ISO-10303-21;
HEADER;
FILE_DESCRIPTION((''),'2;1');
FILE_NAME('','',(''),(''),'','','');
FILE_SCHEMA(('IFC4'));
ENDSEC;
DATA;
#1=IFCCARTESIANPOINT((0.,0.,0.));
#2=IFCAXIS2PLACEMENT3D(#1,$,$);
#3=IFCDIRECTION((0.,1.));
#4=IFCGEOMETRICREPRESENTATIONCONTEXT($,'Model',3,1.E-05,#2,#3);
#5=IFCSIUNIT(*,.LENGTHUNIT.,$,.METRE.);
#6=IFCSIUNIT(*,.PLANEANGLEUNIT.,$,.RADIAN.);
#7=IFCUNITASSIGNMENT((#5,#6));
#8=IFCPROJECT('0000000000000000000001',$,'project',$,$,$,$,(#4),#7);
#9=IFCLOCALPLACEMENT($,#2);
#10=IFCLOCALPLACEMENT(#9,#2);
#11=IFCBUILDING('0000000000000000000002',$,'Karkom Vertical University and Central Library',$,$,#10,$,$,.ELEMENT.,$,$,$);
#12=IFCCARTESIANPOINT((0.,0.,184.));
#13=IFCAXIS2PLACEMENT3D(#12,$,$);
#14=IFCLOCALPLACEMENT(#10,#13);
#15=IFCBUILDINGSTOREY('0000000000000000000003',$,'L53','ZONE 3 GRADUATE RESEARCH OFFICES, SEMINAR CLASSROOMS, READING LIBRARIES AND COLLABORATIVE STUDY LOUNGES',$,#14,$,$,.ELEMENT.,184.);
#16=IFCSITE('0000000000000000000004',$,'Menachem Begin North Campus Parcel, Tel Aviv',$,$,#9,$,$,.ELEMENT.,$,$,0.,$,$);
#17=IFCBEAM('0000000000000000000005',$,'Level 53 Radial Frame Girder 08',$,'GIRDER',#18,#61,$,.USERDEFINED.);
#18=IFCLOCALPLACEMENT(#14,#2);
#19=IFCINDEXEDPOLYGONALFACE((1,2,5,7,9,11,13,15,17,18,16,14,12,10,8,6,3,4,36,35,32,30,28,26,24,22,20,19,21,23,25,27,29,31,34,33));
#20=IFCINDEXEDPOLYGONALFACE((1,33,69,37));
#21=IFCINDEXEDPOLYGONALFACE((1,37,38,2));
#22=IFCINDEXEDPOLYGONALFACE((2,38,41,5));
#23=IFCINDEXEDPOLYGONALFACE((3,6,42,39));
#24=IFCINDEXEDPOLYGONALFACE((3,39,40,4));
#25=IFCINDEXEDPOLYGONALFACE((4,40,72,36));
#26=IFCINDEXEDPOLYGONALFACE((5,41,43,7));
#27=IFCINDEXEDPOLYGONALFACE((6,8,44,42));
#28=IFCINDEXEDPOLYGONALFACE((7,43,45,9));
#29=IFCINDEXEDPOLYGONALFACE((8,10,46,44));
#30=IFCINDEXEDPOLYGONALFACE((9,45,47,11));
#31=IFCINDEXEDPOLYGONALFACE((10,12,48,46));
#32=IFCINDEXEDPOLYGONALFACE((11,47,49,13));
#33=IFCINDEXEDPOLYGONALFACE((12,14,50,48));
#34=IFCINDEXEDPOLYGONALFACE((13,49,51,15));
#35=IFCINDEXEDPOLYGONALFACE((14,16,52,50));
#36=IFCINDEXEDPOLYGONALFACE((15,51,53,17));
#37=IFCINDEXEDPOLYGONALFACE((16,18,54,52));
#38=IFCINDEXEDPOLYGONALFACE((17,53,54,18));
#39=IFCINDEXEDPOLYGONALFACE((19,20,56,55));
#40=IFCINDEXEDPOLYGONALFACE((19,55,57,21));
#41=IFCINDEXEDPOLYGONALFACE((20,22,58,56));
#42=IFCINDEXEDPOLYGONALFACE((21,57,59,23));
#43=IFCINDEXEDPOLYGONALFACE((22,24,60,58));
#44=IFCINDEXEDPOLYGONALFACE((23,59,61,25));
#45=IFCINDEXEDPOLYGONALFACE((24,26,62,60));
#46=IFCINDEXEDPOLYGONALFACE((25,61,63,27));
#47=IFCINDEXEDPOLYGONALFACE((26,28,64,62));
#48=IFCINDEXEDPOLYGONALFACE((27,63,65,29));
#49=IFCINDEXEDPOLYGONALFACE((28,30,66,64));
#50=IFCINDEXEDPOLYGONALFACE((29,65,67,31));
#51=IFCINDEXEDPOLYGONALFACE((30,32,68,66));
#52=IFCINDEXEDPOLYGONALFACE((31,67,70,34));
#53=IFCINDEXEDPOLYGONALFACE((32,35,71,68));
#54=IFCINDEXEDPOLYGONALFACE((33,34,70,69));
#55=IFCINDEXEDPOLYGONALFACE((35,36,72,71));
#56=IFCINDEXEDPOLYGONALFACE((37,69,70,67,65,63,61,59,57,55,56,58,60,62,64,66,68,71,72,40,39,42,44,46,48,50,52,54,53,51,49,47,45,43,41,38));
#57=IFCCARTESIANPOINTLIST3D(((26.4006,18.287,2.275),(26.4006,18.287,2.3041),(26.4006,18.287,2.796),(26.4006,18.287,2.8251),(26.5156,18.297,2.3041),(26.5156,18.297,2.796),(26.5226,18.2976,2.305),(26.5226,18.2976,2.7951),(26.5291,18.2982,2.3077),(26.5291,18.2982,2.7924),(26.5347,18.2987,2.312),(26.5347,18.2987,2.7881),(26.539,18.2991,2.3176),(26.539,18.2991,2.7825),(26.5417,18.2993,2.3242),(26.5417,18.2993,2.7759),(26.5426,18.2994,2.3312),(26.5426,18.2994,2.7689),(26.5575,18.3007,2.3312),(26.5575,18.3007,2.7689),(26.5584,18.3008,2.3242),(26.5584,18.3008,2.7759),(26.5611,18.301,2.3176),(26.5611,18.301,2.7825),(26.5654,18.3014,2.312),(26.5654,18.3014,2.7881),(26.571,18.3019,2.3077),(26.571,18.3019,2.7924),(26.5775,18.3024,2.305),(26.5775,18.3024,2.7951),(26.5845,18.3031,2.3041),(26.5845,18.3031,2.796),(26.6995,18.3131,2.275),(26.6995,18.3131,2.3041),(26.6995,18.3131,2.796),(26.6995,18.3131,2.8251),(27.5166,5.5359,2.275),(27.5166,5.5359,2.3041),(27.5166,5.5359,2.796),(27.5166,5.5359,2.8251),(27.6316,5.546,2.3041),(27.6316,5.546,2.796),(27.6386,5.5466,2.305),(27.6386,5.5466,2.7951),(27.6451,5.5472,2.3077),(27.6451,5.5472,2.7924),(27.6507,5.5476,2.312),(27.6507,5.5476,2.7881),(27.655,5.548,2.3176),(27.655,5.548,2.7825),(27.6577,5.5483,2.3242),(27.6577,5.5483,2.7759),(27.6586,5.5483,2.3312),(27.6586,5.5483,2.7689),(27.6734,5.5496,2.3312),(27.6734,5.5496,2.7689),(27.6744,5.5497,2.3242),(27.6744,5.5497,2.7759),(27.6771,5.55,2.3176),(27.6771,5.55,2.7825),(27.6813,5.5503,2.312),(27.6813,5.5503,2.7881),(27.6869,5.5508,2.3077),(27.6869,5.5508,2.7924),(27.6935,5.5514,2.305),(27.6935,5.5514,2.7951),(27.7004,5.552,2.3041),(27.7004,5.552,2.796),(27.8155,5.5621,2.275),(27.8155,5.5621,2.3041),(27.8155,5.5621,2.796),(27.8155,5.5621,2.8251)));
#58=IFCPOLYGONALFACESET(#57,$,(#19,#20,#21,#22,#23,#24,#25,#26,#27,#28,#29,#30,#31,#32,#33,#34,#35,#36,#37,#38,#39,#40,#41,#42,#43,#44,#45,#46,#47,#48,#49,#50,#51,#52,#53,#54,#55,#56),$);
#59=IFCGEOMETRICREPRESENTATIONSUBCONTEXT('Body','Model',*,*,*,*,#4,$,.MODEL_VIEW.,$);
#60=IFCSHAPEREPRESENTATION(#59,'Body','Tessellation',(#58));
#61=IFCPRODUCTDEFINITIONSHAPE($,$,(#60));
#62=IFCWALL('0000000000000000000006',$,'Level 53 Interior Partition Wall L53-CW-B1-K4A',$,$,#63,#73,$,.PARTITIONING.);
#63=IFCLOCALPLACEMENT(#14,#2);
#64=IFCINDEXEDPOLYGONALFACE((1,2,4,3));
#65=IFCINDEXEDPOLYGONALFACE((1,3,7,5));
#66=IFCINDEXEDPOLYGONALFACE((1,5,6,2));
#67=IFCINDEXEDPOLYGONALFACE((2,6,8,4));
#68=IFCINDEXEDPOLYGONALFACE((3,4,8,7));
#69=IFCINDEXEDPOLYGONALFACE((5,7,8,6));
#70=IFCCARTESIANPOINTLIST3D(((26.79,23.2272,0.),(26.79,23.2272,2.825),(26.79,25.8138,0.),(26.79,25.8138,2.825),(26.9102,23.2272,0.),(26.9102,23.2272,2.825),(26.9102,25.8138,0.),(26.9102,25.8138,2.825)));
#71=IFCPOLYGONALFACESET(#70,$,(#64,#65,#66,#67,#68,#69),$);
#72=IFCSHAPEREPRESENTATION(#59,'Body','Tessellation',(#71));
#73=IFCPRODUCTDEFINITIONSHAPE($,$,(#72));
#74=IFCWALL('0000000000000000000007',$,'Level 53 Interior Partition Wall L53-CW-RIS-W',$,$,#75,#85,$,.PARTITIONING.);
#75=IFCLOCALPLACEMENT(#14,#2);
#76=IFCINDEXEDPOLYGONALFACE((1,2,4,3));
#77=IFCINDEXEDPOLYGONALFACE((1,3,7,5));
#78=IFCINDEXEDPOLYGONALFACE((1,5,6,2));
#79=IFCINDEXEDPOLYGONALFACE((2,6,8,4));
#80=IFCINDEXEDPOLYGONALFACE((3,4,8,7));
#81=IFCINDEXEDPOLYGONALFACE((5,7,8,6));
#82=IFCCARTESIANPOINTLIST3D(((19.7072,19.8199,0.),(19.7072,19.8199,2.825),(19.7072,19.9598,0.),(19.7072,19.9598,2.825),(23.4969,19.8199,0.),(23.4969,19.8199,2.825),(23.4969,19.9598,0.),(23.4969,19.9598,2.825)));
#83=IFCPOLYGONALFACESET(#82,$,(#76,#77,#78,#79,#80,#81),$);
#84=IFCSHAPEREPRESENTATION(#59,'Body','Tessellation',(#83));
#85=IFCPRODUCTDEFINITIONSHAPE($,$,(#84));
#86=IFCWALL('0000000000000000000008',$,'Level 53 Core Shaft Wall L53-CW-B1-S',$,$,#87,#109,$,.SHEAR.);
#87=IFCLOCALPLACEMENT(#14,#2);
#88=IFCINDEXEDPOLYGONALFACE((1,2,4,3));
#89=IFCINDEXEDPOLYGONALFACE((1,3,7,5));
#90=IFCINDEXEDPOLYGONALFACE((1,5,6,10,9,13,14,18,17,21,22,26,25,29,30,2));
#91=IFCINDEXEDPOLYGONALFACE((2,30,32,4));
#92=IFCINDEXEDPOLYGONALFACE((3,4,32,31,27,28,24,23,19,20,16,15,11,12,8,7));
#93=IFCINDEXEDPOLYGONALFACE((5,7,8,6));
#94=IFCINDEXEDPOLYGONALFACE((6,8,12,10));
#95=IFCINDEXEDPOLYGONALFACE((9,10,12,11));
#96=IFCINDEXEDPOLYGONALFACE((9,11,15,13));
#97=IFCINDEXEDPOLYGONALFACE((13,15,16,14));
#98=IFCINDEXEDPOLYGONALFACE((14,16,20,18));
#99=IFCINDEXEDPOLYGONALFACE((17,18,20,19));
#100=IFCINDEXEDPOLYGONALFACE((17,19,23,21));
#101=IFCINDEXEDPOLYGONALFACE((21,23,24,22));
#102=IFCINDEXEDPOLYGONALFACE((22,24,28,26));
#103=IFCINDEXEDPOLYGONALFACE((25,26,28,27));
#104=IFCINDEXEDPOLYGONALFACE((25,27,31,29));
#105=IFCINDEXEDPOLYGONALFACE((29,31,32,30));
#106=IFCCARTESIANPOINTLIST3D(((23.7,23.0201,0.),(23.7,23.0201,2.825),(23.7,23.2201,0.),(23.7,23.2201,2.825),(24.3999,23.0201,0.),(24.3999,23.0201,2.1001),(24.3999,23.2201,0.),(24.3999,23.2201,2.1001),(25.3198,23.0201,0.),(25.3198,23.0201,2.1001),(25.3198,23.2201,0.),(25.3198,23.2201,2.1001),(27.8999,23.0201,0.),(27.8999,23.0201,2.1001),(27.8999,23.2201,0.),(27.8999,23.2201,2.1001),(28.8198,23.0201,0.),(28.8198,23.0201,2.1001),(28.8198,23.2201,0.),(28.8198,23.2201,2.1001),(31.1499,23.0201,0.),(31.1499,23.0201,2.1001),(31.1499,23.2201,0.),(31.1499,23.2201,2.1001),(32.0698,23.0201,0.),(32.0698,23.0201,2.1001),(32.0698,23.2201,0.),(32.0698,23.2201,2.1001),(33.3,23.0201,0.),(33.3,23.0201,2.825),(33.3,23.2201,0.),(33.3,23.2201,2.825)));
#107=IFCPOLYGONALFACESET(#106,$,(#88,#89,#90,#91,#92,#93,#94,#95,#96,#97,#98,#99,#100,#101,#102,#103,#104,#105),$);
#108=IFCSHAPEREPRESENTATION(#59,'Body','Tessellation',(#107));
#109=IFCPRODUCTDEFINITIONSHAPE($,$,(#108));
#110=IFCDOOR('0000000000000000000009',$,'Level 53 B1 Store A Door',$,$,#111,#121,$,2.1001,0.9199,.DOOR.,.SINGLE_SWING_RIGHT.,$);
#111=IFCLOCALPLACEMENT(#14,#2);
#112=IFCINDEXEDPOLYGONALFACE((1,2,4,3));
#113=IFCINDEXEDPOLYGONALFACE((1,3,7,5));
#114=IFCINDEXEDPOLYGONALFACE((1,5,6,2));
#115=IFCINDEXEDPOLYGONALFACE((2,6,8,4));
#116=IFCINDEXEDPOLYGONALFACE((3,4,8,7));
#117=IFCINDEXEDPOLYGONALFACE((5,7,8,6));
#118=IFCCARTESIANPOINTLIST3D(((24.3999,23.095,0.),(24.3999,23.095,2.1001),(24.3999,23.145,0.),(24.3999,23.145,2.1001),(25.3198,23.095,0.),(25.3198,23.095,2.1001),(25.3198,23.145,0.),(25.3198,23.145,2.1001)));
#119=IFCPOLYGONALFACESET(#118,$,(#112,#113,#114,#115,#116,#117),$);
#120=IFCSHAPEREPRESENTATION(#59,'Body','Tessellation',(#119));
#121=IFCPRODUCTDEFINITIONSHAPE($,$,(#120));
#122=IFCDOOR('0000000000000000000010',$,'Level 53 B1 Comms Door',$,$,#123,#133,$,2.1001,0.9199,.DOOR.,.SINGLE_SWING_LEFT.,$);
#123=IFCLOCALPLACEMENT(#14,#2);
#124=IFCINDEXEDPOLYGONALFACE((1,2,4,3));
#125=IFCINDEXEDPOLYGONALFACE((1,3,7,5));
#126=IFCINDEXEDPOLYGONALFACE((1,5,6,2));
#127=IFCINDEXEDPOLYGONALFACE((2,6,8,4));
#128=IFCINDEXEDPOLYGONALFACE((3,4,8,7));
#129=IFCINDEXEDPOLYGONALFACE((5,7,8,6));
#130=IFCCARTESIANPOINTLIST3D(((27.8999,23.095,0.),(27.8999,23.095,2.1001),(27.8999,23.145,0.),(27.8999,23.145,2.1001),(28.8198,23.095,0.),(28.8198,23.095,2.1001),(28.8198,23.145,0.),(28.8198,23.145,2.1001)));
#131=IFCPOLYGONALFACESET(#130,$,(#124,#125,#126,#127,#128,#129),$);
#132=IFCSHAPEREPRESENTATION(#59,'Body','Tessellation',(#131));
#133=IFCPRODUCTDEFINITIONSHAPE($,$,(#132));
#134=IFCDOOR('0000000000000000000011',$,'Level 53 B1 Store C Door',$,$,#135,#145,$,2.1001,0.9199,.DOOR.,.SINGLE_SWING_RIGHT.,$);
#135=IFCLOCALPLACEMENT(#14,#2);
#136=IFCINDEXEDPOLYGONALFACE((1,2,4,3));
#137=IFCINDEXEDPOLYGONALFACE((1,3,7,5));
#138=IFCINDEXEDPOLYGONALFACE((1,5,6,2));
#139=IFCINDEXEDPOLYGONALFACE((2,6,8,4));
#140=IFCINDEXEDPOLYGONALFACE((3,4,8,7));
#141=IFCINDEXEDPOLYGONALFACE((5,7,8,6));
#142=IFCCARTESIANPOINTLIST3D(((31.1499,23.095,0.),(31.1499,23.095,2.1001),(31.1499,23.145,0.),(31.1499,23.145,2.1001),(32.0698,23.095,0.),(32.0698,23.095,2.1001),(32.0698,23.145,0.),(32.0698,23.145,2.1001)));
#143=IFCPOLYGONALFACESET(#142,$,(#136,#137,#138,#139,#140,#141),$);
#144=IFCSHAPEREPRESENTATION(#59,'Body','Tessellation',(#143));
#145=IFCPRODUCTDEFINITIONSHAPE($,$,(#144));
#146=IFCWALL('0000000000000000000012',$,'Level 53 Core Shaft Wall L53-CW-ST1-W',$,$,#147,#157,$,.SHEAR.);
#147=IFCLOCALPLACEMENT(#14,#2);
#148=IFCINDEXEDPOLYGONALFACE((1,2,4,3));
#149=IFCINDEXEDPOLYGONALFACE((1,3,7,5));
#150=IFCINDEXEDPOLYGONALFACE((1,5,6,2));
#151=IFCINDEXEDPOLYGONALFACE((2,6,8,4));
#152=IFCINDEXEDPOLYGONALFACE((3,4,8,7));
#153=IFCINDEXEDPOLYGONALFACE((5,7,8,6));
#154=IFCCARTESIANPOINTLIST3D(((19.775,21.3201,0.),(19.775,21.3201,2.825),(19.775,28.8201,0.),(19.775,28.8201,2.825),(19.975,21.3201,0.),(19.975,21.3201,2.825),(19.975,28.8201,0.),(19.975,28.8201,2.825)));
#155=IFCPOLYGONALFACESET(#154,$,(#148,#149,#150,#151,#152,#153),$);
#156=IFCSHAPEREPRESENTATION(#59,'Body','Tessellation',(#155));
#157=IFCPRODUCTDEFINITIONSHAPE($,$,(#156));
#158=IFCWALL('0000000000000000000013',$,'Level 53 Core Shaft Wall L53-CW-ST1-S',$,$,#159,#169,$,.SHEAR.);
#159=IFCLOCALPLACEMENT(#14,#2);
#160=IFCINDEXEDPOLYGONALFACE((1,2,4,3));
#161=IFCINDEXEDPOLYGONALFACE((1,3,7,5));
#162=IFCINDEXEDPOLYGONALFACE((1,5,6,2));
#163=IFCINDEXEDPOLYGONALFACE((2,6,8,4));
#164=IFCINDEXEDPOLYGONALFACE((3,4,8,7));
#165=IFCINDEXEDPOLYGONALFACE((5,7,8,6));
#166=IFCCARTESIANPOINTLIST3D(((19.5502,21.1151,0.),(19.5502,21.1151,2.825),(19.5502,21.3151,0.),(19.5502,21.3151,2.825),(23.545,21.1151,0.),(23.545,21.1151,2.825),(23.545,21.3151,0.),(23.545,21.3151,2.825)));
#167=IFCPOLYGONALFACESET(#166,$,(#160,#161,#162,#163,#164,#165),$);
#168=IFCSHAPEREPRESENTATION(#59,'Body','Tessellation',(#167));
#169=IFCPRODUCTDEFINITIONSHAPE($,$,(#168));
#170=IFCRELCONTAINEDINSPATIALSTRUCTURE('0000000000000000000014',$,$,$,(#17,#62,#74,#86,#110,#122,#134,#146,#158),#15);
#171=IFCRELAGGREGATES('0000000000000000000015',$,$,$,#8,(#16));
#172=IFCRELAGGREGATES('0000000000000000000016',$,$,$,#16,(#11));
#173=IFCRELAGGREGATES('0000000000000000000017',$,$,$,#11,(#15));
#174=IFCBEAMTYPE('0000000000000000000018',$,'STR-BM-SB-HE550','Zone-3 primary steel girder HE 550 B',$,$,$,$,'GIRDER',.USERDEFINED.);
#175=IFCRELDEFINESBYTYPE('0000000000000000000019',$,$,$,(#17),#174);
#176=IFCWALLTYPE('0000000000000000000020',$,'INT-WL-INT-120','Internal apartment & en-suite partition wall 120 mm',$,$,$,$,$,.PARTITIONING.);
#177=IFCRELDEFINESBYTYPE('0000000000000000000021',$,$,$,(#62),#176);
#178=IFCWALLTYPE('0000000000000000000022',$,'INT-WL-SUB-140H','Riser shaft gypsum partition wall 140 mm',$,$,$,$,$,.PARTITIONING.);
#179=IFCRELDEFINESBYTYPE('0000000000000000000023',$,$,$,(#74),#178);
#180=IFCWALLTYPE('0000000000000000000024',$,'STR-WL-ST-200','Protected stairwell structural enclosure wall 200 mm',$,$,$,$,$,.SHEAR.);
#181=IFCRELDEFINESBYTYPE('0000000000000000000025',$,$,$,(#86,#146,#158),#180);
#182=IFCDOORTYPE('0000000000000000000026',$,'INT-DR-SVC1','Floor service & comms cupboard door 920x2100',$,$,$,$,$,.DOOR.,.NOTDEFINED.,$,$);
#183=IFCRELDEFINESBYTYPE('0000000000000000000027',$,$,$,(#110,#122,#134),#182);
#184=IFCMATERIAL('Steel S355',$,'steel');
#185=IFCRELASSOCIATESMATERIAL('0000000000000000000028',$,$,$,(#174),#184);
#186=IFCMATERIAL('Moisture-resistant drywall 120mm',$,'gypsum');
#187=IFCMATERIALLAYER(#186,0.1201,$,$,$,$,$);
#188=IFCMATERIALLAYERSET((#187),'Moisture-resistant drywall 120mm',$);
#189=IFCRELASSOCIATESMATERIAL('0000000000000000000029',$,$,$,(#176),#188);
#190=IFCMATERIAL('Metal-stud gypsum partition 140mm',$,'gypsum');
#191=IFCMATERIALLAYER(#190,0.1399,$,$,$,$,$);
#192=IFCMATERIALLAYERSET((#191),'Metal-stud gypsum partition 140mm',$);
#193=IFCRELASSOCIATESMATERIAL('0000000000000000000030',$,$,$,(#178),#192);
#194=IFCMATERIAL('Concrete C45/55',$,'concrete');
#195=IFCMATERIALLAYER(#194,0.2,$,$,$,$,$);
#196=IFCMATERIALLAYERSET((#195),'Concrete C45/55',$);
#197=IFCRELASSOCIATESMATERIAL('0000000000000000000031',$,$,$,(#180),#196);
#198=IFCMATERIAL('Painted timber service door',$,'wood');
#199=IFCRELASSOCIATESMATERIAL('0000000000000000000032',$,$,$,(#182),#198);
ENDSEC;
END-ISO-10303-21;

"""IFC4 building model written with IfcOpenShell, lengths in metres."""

from ifc_helpers import new_model, si_unit, direction, frame, frame_2d, origin, origin_with_axes, origin_2d, place, context, subcontext, project, spatial, rectangle, i_section, extrude, source, transform, mapped, material, layer, layer_set, material_profile, profile_set, type_object, element, fill, save


model = new_model("IFC4")

# Units and contexts
model_context = context("Model", 3, precision=1e-05, world=origin(), true_north=direction((0.0, 1.0)))
body_context = subcontext(model_context, "Body", "Model", "MODEL_VIEW")
ifc_project = project(units=[si_unit("LENGTHUNIT", "METRE"), si_unit("PLANEANGLEUNIT", "RADIAN")], contexts=[model_context])

# Site, building, storey
site_placement = place(None, origin())
site = spatial("IfcSite", under=ifc_project, at=site_placement, Name="Menachem Begin North Campus Parcel, Tel Aviv", CompositionType="ELEMENT", RefElevation=0.0)
building_placement = place(site_placement, origin())
building = spatial("IfcBuilding", under=site, at=building_placement, Name="Karkom Vertical University and Central Library", CompositionType="ELEMENT")
storey_placement = place(building_placement, frame((0.0, 0.0, 184.0)))
storey = spatial("IfcBuildingStorey", under=building, at=storey_placement, Name="L53", Description="ZONE 3 GRADUATE RESEARCH OFFICES, SEMINAR CLASSROOMS, READING LIBRARIES AND COLLABORATIVE STUDY LOUNGES", CompositionType="ELEMENT", Elevation=184.0)

# Beam
ifc_material_1 = material(Name="Steel S355", Category="steel")
ifc_material_profile = material_profile(ifc_material_1, i_section(OverallWidth=0.3, OverallDepth=0.55, WebThickness=0.0149, FlangeThickness=0.0291, FilletRadius=0.0271, at=origin_2d()), Name="HE 550 B")
ifc_profile_set = profile_set([ifc_material_profile], Name="Steel S355")
beam_type = type_object("IfcBeamType", Name="STR-BM-SB-HE550", Description="Zone-3 primary steel girder HE 550 B", ElementType="GIRDER", PredefinedType="USERDEFINED", material=ifc_profile_set)
shared_shape_1 = source(origin_with_axes(), body_context, "Body", "SweptSolid", [
    extrude(i_section(OverallWidth=0.3, OverallDepth=0.55, WebThickness=0.0149, FlangeThickness=0.0291, FilletRadius=0.0271, at=origin_2d()), origin(), (0.0, 0.0, 1.0), 12.7998),
])
beam_placement = place(storey_placement, frame((26.55, 18.3, 2.55), z_axis=(0.087187, -0.996192, 0.0), x_axis=(0.996192, 0.087187, 0.0)))
element("IfcBeam", 1, at=beam_placement, inside=storey, type_object=beam_type, Name="Level 53 Radial Frame Girder 08", ObjectType="GIRDER", PredefinedType="USERDEFINED", context=body_context, shape_type="MappedRepresentation", body=[
    mapped(shared_shape_1, transform((0.0, 0.0, 0.0), scale=1.0)),
])

# Walls
ifc_material_2 = material(Name="Moisture-resistant drywall 120mm", Category="gypsum")
ifc_layer_1 = layer(ifc_material_2, 0.1201)
ifc_layer_set_1 = layer_set([ifc_layer_1], Name="Moisture-resistant drywall 120mm")
wall_type_1 = type_object("IfcWallType", Name="INT-WL-INT-120", Description="Internal apartment & en-suite partition wall 120 mm", PredefinedType="PARTITIONING", material=ifc_layer_set_1)
wall_1_placement = place(storey_placement, frame((26.8501, 23.2271, 0.0), z_axis=(0.0, 0.0, 1.0), x_axis=(0.0, 1.0, 0.0)))
element("IfcWall", 2, at=wall_1_placement, inside=storey, type_object=wall_type_1, Name="Level 53 Interior Partition Wall L53-CW-B1-K4A", PredefinedType="PARTITIONING", context=body_context, shape_type="SweptSolid", body=[
    extrude(rectangle(XDim=2.5867, YDim=0.1201, at=frame_2d((1.2935, 0.0))), origin(), (0.0, 0.0, 1.0), 2.825),
])
ifc_material_3 = material(Name="Metal-stud gypsum partition 140mm", Category="gypsum")
ifc_layer_2 = layer(ifc_material_3, 0.1399)
ifc_layer_set_2 = layer_set([ifc_layer_2], Name="Metal-stud gypsum partition 140mm")
wall_type_2 = type_object("IfcWallType", Name="INT-WL-SUB-140H", Description="Riser shaft gypsum partition wall 140 mm", PredefinedType="PARTITIONING", material=ifc_layer_set_2)
wall_2_placement = place(storey_placement, frame((19.707, 19.8899, 0.0), z_axis=(0.0, 0.0, 1.0), x_axis=(1.0, 0.0, 0.0)))
element("IfcWall", 3, at=wall_2_placement, inside=storey, type_object=wall_type_2, Name="Level 53 Interior Partition Wall L53-CW-RIS-W", PredefinedType="PARTITIONING", context=body_context, shape_type="SweptSolid", body=[
    extrude(rectangle(XDim=3.7898, YDim=0.1399, at=frame_2d((1.895, 0.0))), origin(), (0.0, 0.0, 1.0), 2.825),
])

# Wall, openings, doors
ifc_material_4 = material(Name="Concrete C45/55", Category="concrete")
ifc_layer_3 = layer(ifc_material_4, 0.2)
ifc_layer_set_3 = layer_set([ifc_layer_3], Name="Concrete C45/55")
wall_type_3 = type_object("IfcWallType", Name="STR-WL-ST-200", Description="Protected stairwell structural enclosure wall 200 mm", PredefinedType="SHEAR", material=ifc_layer_set_3)
wall_3_placement = place(storey_placement, frame((23.7, 23.1201, 0.0), z_axis=(0.0, 0.0, 1.0), x_axis=(1.0, 0.0, 0.0)))
wall_3 = element("IfcWall", 4, at=wall_3_placement, inside=storey, type_object=wall_type_3, Name="Level 53 Core Shaft Wall L53-CW-B1-S", PredefinedType="SHEAR", context=body_context, shape_type="SweptSolid", body=[
    extrude(rectangle(XDim=9.6001, YDim=0.2, at=frame_2d((4.8, 0.0))), origin(), (0.0, 0.0, 1.0), 2.825),
])
opening_1_placement = place(wall_3_placement, frame((0.7, 0.0, 0.0)))
opening_1 = element("IfcOpeningElement", 5, at=opening_1_placement, cuts=wall_3, PredefinedType="OPENING", context=body_context, shape_type="SweptSolid", body=[
    extrude(rectangle(XDim=0.9199, YDim=2.1001, at=frame_2d((0.46, 1.05))), frame((0.0, 0.1099, 0.0), z_axis=(0.0, -1.0, 0.0), x_axis=(1.0, 0.0, 0.0)), (0.0, 0.0, 1.0), 0.22),
])
opening_2_placement = place(wall_3_placement, frame((4.2, 0.0, 0.0)))
opening_2 = element("IfcOpeningElement", 6, at=opening_2_placement, cuts=wall_3, PredefinedType="OPENING", context=body_context, shape_type="SweptSolid", body=[
    extrude(rectangle(XDim=0.9199, YDim=2.1001, at=frame_2d((0.46, 1.05))), frame((0.0, 0.1099, 0.0), z_axis=(0.0, -1.0, 0.0), x_axis=(1.0, 0.0, 0.0)), (0.0, 0.0, 1.0), 0.22),
])
opening_3_placement = place(wall_3_placement, frame((7.45, 0.0, 0.0)))
opening_3 = element("IfcOpeningElement", 7, at=opening_3_placement, cuts=wall_3, PredefinedType="OPENING", context=body_context, shape_type="SweptSolid", body=[
    extrude(rectangle(XDim=0.9199, YDim=2.1001, at=frame_2d((0.46, 1.05))), frame((0.0, 0.1099, 0.0), z_axis=(0.0, -1.0, 0.0), x_axis=(1.0, 0.0, 0.0)), (0.0, 0.0, 1.0), 0.22),
])
ifc_material_5 = material(Name="Painted timber service door", Category="wood")
door_type_1 = type_object("IfcDoorType", Name="INT-DR-SVC1", Description="Floor service & comms cupboard door 920x2100", OperationType="NOTDEFINED", PredefinedType="DOOR", material=ifc_material_5)
shared_shape_2 = source(origin_with_axes(), body_context, "Body", "SweptSolid", [
    extrude(rectangle(XDim=0.9199, YDim=2.1001, at=frame_2d((0.46, 1.05))), frame((0.0, 0.0249, 0.0), z_axis=(0.0, -1.0, 0.0), x_axis=(1.0, 0.0, 0.0)), (0.0, 0.0, 1.0), 0.05),
])
door_1_placement = place(opening_1_placement, origin())
door_1 = element("IfcDoor", 8, at=door_1_placement, inside=storey, type_object=door_type_1, Name="Level 53 B1 Store A Door", OperationType="SINGLE_SWING_RIGHT", OverallHeight=2.1001, OverallWidth=0.9199, PredefinedType="DOOR", context=body_context, shape_type="MappedRepresentation", body=[
    mapped(shared_shape_2, transform((0.0, 0.0, 0.0), scale=1.0)),
])
fill(opening_1, door_1)
door_2_placement = place(opening_2_placement, origin())
door_2 = element("IfcDoor", 9, at=door_2_placement, inside=storey, type_object=door_type_1, Name="Level 53 B1 Comms Door", OperationType="SINGLE_SWING_LEFT", OverallHeight=2.1001, OverallWidth=0.9199, PredefinedType="DOOR", context=body_context, shape_type="MappedRepresentation", body=[
    mapped(shared_shape_2, transform((0.0, 0.0, 0.0), scale=1.0)),
])
fill(opening_2, door_2)
door_3_placement = place(opening_3_placement, origin())
door_3 = element("IfcDoor", 10, at=door_3_placement, inside=storey, type_object=door_type_1, Name="Level 53 B1 Store C Door", OperationType="SINGLE_SWING_RIGHT", OverallHeight=2.1001, OverallWidth=0.9199, PredefinedType="DOOR", context=body_context, shape_type="MappedRepresentation", body=[
    mapped(shared_shape_2, transform((0.0, 0.0, 0.0), scale=1.0)),
])
fill(opening_3, door_3)

# Walls
wall_4_placement = place(storey_placement, frame((19.875, 21.3201, 0.0), z_axis=(0.0, 0.0, 1.0), x_axis=(0.0, 1.0, 0.0)))
element("IfcWall", 11, at=wall_4_placement, inside=storey, type_object=wall_type_3, Name="Level 53 Core Shaft Wall L53-CW-ST1-W", PredefinedType="SHEAR", context=body_context, shape_type="SweptSolid", body=[
    extrude(rectangle(XDim=7.5, YDim=0.2, at=frame_2d((3.75, 0.0))), origin(), (0.0, 0.0, 1.0), 2.825),
])
wall_5_placement = place(storey_placement, frame((19.55, 21.2151, 0.0), z_axis=(0.0, 0.0, 1.0), x_axis=(1.0, 0.0, 0.0)))
element("IfcWall", 12, at=wall_5_placement, inside=storey, type_object=wall_type_3, Name="Level 53 Core Shaft Wall L53-CW-ST1-S", PredefinedType="SHEAR", context=body_context, shape_type="SweptSolid", body=[
    extrude(rectangle(XDim=3.9949, YDim=0.2, at=frame_2d((1.9976, 0.0))), origin(), (0.0, 0.0, 1.0), 2.825),
])

save(model, "model.ifc")
